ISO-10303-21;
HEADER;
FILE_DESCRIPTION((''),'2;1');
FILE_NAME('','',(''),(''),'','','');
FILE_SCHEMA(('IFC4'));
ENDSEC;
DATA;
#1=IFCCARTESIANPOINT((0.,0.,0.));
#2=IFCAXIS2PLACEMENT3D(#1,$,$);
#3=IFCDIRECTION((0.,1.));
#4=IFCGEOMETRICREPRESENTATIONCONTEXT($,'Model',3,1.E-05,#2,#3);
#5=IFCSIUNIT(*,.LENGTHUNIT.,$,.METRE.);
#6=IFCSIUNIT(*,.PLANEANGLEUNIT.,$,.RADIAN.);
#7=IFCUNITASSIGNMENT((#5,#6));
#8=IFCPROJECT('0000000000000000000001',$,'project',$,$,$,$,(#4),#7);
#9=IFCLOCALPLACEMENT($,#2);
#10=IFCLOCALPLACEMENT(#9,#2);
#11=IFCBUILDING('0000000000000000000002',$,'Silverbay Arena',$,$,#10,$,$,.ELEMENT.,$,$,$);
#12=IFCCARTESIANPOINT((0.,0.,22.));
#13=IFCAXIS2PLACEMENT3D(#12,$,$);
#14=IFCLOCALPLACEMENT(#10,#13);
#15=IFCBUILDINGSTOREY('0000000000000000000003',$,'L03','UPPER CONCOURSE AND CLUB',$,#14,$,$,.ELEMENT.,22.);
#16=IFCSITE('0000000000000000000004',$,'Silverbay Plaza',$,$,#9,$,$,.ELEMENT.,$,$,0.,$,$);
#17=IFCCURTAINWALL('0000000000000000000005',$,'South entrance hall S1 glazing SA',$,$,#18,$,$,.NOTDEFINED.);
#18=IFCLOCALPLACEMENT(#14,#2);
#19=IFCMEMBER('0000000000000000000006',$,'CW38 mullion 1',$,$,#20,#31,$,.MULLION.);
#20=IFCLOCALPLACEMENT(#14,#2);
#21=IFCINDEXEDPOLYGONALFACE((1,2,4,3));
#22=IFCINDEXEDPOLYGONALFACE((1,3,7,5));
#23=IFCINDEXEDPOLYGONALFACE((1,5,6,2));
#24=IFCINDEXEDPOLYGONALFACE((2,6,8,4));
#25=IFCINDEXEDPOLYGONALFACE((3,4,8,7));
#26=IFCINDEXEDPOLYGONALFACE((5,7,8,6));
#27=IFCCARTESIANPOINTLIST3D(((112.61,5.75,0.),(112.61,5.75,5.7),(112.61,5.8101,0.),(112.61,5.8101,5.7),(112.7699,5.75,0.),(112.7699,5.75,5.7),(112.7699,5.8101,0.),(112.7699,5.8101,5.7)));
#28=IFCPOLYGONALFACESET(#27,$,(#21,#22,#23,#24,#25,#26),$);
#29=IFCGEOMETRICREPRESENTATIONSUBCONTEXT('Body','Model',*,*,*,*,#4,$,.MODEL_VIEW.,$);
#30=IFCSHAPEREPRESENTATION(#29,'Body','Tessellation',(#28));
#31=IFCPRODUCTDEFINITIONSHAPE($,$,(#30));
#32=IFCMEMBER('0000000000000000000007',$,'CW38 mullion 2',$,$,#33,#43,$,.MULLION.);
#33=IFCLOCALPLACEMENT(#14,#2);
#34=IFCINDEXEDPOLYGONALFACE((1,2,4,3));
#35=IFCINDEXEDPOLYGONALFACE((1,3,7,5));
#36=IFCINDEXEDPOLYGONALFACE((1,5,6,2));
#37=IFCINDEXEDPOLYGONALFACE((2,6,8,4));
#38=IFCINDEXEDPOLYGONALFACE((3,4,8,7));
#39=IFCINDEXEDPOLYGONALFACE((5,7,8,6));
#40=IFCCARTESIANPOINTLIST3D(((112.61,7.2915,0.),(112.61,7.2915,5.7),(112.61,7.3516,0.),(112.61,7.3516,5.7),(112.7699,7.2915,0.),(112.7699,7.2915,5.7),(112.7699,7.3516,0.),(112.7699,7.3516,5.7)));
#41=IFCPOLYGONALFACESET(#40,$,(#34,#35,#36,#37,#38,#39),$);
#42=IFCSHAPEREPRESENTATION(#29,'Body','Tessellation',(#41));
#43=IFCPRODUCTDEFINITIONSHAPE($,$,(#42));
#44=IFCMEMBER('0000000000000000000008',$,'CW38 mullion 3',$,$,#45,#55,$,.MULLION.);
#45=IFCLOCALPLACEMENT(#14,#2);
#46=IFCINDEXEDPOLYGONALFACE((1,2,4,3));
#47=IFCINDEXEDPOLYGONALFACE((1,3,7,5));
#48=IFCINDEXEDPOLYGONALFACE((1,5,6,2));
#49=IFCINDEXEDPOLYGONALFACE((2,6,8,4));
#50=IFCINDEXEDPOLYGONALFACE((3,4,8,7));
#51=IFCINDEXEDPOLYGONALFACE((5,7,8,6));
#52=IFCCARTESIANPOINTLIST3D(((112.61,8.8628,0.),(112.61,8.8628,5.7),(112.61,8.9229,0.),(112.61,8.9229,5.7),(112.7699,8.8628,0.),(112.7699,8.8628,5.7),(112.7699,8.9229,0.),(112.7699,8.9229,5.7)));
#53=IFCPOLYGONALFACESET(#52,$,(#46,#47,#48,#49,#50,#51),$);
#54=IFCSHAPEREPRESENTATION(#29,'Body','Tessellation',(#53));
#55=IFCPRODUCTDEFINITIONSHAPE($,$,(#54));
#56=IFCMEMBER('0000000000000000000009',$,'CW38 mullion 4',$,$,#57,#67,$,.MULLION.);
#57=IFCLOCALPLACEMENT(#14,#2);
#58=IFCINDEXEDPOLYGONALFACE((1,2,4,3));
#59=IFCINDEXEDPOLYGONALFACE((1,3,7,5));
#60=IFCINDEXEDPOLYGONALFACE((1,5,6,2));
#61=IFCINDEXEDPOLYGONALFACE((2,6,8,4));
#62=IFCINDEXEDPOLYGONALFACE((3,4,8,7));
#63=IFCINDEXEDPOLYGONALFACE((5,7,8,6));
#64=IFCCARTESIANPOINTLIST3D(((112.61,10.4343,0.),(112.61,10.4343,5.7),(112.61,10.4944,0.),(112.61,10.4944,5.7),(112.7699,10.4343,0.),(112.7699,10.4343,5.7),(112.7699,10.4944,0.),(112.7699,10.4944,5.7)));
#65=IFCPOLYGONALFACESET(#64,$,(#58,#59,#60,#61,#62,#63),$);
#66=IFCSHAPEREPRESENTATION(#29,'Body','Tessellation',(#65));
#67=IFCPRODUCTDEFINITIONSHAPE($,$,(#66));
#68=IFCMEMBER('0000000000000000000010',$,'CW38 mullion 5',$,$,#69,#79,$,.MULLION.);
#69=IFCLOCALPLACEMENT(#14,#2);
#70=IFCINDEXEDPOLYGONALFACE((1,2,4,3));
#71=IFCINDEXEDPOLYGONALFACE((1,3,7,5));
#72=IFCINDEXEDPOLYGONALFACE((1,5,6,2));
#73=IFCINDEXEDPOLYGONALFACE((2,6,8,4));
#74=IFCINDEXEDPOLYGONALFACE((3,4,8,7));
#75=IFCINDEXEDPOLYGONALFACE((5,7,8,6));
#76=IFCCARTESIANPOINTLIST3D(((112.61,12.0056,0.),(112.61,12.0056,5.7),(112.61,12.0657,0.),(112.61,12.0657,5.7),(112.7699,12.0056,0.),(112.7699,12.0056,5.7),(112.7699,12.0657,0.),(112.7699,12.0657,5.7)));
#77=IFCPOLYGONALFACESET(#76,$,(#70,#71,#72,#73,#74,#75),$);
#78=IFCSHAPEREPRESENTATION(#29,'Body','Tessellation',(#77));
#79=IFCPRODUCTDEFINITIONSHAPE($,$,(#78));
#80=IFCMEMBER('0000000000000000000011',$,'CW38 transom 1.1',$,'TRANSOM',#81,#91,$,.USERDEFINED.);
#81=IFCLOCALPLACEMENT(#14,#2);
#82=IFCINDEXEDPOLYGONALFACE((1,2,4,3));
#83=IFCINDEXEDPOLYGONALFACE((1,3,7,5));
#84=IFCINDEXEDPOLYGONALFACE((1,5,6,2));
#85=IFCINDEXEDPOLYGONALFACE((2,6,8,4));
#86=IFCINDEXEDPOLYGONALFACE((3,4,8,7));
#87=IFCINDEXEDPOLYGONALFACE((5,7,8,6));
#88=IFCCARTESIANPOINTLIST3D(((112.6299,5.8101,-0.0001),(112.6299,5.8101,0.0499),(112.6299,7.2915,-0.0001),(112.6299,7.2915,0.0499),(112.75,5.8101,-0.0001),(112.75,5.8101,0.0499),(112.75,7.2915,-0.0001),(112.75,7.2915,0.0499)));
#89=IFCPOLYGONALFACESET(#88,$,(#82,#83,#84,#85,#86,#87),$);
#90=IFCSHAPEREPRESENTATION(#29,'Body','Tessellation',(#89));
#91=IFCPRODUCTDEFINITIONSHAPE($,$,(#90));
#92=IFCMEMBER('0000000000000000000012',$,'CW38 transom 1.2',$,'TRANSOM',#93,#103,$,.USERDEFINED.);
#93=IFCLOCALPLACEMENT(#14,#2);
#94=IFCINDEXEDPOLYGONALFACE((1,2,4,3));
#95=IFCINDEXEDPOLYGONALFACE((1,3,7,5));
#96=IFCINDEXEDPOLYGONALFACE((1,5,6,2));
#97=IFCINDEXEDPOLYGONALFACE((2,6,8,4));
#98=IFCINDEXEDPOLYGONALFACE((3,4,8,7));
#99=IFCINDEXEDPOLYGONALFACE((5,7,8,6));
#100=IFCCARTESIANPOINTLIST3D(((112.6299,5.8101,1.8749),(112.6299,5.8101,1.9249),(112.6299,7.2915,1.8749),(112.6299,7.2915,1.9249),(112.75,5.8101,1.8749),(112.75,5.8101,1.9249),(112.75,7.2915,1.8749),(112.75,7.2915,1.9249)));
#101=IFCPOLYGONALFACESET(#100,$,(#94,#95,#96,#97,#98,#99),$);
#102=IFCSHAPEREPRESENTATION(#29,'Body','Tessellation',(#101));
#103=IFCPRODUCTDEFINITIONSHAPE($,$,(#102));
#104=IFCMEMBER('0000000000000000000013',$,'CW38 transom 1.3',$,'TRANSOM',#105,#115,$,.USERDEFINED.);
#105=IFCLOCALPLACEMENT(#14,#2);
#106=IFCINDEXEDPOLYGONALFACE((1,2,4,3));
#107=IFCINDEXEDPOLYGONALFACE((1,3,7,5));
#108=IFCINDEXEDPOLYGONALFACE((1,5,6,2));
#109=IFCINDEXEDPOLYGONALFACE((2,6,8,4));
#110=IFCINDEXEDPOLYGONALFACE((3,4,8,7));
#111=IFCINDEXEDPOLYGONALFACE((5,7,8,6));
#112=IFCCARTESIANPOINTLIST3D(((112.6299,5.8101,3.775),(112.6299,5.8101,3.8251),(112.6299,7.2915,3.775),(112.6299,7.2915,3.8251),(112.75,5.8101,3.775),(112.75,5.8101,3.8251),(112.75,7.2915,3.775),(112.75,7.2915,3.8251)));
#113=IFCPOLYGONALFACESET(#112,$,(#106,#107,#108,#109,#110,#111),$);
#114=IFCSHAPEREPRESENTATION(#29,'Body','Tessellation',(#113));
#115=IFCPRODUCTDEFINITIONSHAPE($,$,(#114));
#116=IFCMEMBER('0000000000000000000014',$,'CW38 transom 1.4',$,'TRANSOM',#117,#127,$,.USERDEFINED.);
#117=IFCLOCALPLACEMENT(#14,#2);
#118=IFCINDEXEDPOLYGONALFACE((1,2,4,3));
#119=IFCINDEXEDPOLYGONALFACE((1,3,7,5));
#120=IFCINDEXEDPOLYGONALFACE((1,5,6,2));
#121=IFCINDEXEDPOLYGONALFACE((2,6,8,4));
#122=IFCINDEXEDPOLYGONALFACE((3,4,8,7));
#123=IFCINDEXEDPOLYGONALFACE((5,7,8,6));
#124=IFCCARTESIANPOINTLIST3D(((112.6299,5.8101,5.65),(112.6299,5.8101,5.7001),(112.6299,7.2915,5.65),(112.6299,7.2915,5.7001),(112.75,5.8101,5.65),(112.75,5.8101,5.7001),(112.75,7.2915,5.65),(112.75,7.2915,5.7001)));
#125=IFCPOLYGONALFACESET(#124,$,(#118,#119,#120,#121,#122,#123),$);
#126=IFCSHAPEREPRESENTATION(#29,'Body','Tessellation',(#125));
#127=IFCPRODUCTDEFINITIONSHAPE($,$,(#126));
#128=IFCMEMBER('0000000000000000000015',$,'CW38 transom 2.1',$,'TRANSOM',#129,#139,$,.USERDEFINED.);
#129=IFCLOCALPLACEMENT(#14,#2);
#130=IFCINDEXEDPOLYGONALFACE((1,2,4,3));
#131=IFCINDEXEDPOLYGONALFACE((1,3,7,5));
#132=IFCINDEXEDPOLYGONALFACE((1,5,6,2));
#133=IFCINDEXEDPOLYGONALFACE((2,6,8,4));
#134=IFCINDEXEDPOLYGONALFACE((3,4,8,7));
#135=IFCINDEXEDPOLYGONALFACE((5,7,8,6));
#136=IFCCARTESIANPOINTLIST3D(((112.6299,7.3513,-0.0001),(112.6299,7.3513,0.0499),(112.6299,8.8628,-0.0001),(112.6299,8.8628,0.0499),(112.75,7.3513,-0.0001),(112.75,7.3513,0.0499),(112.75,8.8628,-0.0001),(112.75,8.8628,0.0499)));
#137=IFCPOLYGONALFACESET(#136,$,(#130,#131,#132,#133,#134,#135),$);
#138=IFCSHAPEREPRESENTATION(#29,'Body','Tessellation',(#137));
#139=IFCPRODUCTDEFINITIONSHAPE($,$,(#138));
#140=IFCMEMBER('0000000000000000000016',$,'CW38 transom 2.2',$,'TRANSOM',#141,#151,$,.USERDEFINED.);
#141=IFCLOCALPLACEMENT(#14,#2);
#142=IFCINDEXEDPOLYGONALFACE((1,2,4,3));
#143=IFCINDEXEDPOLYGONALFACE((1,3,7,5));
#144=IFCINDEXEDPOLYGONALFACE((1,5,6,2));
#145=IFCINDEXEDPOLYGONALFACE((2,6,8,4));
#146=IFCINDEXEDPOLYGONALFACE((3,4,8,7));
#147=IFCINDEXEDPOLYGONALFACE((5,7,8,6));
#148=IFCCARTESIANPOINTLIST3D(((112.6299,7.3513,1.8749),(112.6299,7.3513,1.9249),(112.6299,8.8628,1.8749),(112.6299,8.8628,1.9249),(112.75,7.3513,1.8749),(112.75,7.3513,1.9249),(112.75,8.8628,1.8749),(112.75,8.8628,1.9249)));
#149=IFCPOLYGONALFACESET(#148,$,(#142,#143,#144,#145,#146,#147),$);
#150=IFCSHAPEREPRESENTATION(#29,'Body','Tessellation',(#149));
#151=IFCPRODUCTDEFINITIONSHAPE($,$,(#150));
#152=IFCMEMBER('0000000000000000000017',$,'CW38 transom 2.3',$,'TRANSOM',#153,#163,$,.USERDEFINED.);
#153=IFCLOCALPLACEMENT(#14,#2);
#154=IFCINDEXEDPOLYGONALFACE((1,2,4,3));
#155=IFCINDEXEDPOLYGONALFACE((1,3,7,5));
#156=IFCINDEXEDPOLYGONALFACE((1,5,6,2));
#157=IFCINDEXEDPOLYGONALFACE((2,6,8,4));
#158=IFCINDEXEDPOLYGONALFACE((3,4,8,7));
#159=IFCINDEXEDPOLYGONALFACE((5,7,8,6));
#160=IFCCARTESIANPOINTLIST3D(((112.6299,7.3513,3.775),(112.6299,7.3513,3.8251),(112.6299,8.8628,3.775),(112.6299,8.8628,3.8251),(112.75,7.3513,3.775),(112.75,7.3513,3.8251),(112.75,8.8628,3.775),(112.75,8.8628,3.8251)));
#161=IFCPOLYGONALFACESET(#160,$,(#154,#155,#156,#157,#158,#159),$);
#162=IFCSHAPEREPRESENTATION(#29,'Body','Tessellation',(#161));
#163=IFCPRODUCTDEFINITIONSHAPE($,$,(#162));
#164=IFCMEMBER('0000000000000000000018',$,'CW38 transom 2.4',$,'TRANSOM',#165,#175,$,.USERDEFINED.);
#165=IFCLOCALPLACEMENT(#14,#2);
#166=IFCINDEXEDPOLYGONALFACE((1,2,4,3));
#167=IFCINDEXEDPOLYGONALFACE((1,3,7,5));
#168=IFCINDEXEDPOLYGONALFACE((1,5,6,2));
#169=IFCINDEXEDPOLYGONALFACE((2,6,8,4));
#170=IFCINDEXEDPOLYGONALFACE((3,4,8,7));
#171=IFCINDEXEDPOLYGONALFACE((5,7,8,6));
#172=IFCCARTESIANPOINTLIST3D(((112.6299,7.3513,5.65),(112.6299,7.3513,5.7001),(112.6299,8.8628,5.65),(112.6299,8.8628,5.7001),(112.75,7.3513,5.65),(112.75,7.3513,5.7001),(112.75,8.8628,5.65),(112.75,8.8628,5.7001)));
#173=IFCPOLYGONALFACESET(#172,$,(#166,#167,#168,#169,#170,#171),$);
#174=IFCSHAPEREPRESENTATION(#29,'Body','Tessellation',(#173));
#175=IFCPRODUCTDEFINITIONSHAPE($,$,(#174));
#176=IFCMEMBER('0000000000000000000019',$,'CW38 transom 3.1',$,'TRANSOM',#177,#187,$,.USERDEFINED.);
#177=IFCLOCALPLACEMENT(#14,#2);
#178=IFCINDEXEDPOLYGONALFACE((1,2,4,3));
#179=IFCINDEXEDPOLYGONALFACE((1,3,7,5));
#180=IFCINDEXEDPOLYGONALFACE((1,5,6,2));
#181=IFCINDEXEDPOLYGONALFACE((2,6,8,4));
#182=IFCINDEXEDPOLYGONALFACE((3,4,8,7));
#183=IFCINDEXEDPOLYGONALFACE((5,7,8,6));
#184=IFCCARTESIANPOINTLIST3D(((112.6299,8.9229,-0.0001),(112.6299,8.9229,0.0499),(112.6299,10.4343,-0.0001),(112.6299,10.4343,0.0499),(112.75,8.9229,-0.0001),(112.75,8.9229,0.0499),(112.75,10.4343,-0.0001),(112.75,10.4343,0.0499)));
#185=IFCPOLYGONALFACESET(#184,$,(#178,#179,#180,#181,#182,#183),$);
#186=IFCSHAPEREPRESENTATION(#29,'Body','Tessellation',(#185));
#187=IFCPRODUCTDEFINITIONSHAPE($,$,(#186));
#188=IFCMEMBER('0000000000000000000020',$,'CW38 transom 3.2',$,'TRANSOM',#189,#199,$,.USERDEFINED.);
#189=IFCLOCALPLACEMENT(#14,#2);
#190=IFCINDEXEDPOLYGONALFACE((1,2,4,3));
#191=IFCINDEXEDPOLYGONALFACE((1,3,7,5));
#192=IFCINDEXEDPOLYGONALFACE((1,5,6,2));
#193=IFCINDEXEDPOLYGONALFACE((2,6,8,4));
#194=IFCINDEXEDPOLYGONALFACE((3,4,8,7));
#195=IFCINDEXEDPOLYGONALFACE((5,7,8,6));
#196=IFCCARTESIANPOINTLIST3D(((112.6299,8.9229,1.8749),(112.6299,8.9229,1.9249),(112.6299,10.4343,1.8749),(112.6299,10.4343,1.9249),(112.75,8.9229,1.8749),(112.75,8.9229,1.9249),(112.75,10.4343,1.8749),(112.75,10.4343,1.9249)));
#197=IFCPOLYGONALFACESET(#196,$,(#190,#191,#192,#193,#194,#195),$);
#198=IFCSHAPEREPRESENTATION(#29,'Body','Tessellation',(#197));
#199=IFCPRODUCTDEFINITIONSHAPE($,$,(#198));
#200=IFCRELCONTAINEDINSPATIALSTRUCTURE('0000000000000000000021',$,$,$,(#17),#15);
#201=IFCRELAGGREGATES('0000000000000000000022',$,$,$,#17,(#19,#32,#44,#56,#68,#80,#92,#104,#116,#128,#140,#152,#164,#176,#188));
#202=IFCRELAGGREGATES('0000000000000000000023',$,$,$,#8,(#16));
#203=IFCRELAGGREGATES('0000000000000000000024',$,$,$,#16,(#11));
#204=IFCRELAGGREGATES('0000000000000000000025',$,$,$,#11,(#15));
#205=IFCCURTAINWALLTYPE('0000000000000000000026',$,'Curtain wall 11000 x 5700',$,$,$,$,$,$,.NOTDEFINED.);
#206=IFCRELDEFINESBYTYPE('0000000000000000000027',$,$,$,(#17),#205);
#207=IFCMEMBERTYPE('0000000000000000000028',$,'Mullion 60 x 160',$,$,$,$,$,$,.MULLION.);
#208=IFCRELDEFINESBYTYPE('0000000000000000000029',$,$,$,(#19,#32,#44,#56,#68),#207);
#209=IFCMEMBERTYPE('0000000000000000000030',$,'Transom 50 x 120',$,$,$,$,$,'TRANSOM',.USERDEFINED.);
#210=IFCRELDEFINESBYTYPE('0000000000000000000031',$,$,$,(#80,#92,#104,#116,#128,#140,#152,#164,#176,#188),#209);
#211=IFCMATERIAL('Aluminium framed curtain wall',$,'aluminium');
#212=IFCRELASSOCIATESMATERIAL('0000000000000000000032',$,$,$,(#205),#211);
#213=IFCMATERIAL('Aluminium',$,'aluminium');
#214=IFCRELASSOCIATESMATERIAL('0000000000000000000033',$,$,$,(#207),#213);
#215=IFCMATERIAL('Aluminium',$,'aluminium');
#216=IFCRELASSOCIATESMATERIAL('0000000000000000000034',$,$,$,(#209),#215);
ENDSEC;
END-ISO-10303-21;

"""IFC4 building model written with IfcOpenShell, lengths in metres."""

from ifc_helpers import new_model, si_unit, direction, frame, origin, origin_2d, place, context, subcontext, project, spatial, rectangle, extrude, material, material_profile, profile_set, type_object, element, aggregate, save


model = new_model("IFC4")

# Units and contexts
model_context = context("Model", 3, precision=1e-05, world=origin(), true_north=direction((0.0, 1.0)))
body_context = subcontext(model_context, "Body", "Model", "MODEL_VIEW")
ifc_project = project(units=[si_unit("LENGTHUNIT", "METRE"), si_unit("PLANEANGLEUNIT", "RADIAN")], contexts=[model_context])

# Site, building, storey
site_placement = place(None, origin())
site = spatial("IfcSite", under=ifc_project, at=site_placement, Name="Silverbay Plaza", CompositionType="ELEMENT", RefElevation=0.0)
building_placement = place(site_placement, origin())
building = spatial("IfcBuilding", under=site, at=building_placement, Name="Silverbay Arena", CompositionType="ELEMENT")
storey_placement = place(building_placement, frame((0.0, 0.0, 22.0)))
storey = spatial("IfcBuildingStorey", under=building, at=storey_placement, Name="L03", Description="UPPER CONCOURSE AND CLUB", CompositionType="ELEMENT", Elevation=22.0)

# Curtain wall, members
ifc_material_1 = material(Name="Aluminium framed curtain wall", Category="aluminium")
curtain_wall_type = type_object("IfcCurtainWallType", Name="Curtain wall 11000 x 5700", PredefinedType="NOTDEFINED", material=ifc_material_1)
curtain_wall_placement = place(storey_placement, origin())
curtain_wall = element("IfcCurtainWall", 1, at=curtain_wall_placement, inside=storey, type_object=curtain_wall_type, Name="South entrance hall S1 glazing SA", PredefinedType="NOTDEFINED")
ifc_material_2 = material(Name="Aluminium", Category="aluminium")
ifc_material_profile_1 = material_profile(ifc_material_2, rectangle(XDim=0.1599, YDim=0.0601, at=origin_2d()), Name="Mullion 60 x 160")
ifc_profile_set_1 = profile_set([ifc_material_profile_1], Name="Aluminium")
member_type_1 = type_object("IfcMemberType", Name="Mullion 60 x 160", PredefinedType="MULLION", material=ifc_profile_set_1)
member_1_placement = place(storey_placement, frame((112.6899, 5.78, 0.0), z_axis=(0.0, 0.0, 1.0), x_axis=(-1.0, 0.0, 0.0)))
member_1 = element("IfcMember", 2, at=member_1_placement, type_object=member_type_1, Name="CW38 mullion 1", PredefinedType="MULLION", context=body_context, shape_type="SweptSolid", body=[
    extrude(rectangle(XDim=0.1599, YDim=0.0601, at=origin_2d()), origin(), (0.0, 0.0, 1.0), 5.7),
])
member_2_placement = place(storey_placement, frame((112.6899, 7.3215, 0.0), z_axis=(0.0, 0.0, 1.0), x_axis=(-1.0, 0.0, 0.0)))
member_2 = element("IfcMember", 3, at=member_2_placement, type_object=member_type_1, Name="CW38 mullion 2", PredefinedType="MULLION", context=body_context, shape_type="SweptSolid", body=[
    extrude(rectangle(XDim=0.1599, YDim=0.0601, at=origin_2d()), origin(), (0.0, 0.0, 1.0), 5.7),
])
member_3_placement = place(storey_placement, frame((112.6899, 8.8928, 0.0), z_axis=(0.0, 0.0, 1.0), x_axis=(-1.0, 0.0, 0.0)))
member_3 = element("IfcMember", 4, at=member_3_placement, type_object=member_type_1, Name="CW38 mullion 3", PredefinedType="MULLION", context=body_context, shape_type="SweptSolid", body=[
    extrude(rectangle(XDim=0.1599, YDim=0.0601, at=origin_2d()), origin(), (0.0, 0.0, 1.0), 5.7),
])
member_4_placement = place(storey_placement, frame((112.6899, 10.4644, 0.0), z_axis=(0.0, 0.0, 1.0), x_axis=(-1.0, 0.0, 0.0)))
member_4 = element("IfcMember", 5, at=member_4_placement, type_object=member_type_1, Name="CW38 mullion 4", PredefinedType="MULLION", context=body_context, shape_type="SweptSolid", body=[
    extrude(rectangle(XDim=0.1599, YDim=0.0601, at=origin_2d()), origin(), (0.0, 0.0, 1.0), 5.7),
])
member_5_placement = place(storey_placement, frame((112.6899, 12.0356, 0.0), z_axis=(0.0, 0.0, 1.0), x_axis=(-1.0, 0.0, 0.0)))
member_5 = element("IfcMember", 6, at=member_5_placement, type_object=member_type_1, Name="CW38 mullion 5", PredefinedType="MULLION", context=body_context, shape_type="SweptSolid", body=[
    extrude(rectangle(XDim=0.1599, YDim=0.0601, at=origin_2d()), origin(), (0.0, 0.0, 1.0), 5.7),
])
ifc_material_3 = material(Name="Aluminium", Category="aluminium")
ifc_material_profile_2 = material_profile(ifc_material_3, rectangle(XDim=0.1201, YDim=0.05, at=origin_2d()), Name="Transom 50 x 120")
ifc_profile_set_2 = profile_set([ifc_material_profile_2], Name="Aluminium")
member_type_2 = type_object("IfcMemberType", Name="Transom 50 x 120", ElementType="TRANSOM", PredefinedType="USERDEFINED", material=ifc_profile_set_2)
member_6_placement = place(storey_placement, frame((112.6899, 5.8101, 0.0249), z_axis=(0.0, 1.0, 0.0), x_axis=(-1.0, 0.0, 0.0)))
member_6 = element("IfcMember", 7, at=member_6_placement, type_object=member_type_2, Name="CW38 transom 1.1", ObjectType="TRANSOM", PredefinedType="USERDEFINED", context=body_context, shape_type="SweptSolid", body=[
    extrude(rectangle(XDim=0.1201, YDim=0.05, at=origin_2d()), origin(), (0.0, 0.0, 1.0), 1.4814),
])
member_7_placement = place(storey_placement, frame((112.6899, 5.8101, 1.8999), z_axis=(0.0, 1.0, 0.0), x_axis=(-1.0, 0.0, 0.0)))
member_7 = element("IfcMember", 8, at=member_7_placement, type_object=member_type_2, Name="CW38 transom 1.2", ObjectType="TRANSOM", PredefinedType="USERDEFINED", context=body_context, shape_type="SweptSolid", body=[
    extrude(rectangle(XDim=0.1201, YDim=0.05, at=origin_2d()), origin(), (0.0, 0.0, 1.0), 1.4814),
])
member_8_placement = place(storey_placement, frame((112.6899, 5.8101, 3.8), z_axis=(0.0, 1.0, 0.0), x_axis=(-1.0, 0.0, 0.0)))
member_8 = element("IfcMember", 9, at=member_8_placement, type_object=member_type_2, Name="CW38 transom 1.3", ObjectType="TRANSOM", PredefinedType="USERDEFINED", context=body_context, shape_type="SweptSolid", body=[
    extrude(rectangle(XDim=0.1201, YDim=0.05, at=origin_2d()), origin(), (0.0, 0.0, 1.0), 1.4814),
])
member_9_placement = place(storey_placement, frame((112.6899, 5.8101, 5.675), z_axis=(0.0, 1.0, 0.0), x_axis=(-1.0, 0.0, 0.0)))
member_9 = element("IfcMember", 10, at=member_9_placement, type_object=member_type_2, Name="CW38 transom 1.4", ObjectType="TRANSOM", PredefinedType="USERDEFINED", context=body_context, shape_type="SweptSolid", body=[
    extrude(rectangle(XDim=0.1201, YDim=0.05, at=origin_2d()), origin(), (0.0, 0.0, 1.0), 1.4814),
])
member_10_placement = place(storey_placement, frame((112.6899, 7.3513, 0.0249), z_axis=(0.0, 1.0, 0.0), x_axis=(-1.0, 0.0, 0.0)))
member_10 = element("IfcMember", 11, at=member_10_placement, type_object=member_type_2, Name="CW38 transom 2.1", ObjectType="TRANSOM", PredefinedType="USERDEFINED", context=body_context, shape_type="SweptSolid", body=[
    extrude(rectangle(XDim=0.1201, YDim=0.05, at=origin_2d()), origin(), (0.0, 0.0, 1.0), 1.5115),
])
member_11_placement = place(storey_placement, frame((112.6899, 7.3513, 1.8999), z_axis=(0.0, 1.0, 0.0), x_axis=(-1.0, 0.0, 0.0)))
member_11 = element("IfcMember", 12, at=member_11_placement, type_object=member_type_2, Name="CW38 transom 2.2", ObjectType="TRANSOM", PredefinedType="USERDEFINED", context=body_context, shape_type="SweptSolid", body=[
    extrude(rectangle(XDim=0.1201, YDim=0.05, at=origin_2d()), origin(), (0.0, 0.0, 1.0), 1.5115),
])
member_12_placement = place(storey_placement, frame((112.6899, 7.3513, 3.8), z_axis=(0.0, 1.0, 0.0), x_axis=(-1.0, 0.0, 0.0)))
member_12 = element("IfcMember", 13, at=member_12_placement, type_object=member_type_2, Name="CW38 transom 2.3", ObjectType="TRANSOM", PredefinedType="USERDEFINED", context=body_context, shape_type="SweptSolid", body=[
    extrude(rectangle(XDim=0.1201, YDim=0.05, at=origin_2d()), origin(), (0.0, 0.0, 1.0), 1.5115),
])
member_13_placement = place(storey_placement, frame((112.6899, 7.3513, 5.675), z_axis=(0.0, 1.0, 0.0), x_axis=(-1.0, 0.0, 0.0)))
member_13 = element("IfcMember", 14, at=member_13_placement, type_object=member_type_2, Name="CW38 transom 2.4", ObjectType="TRANSOM", PredefinedType="USERDEFINED", context=body_context, shape_type="SweptSolid", body=[
    extrude(rectangle(XDim=0.1201, YDim=0.05, at=origin_2d()), origin(), (0.0, 0.0, 1.0), 1.5115),
])
member_14_placement = place(storey_placement, frame((112.6899, 8.9229, 0.0249), z_axis=(0.0, 1.0, 0.0), x_axis=(-1.0, 0.0, 0.0)))
member_14 = element("IfcMember", 15, at=member_14_placement, type_object=member_type_2, Name="CW38 transom 3.1", ObjectType="TRANSOM", PredefinedType="USERDEFINED", context=body_context, shape_type="SweptSolid", body=[
    extrude(rectangle(XDim=0.1201, YDim=0.05, at=origin_2d()), origin(), (0.0, 0.0, 1.0), 1.5115),
])
member_15_placement = place(storey_placement, frame((112.6899, 8.9229, 1.8999), z_axis=(0.0, 1.0, 0.0), x_axis=(-1.0, 0.0, 0.0)))
member_15 = element("IfcMember", 16, at=member_15_placement, type_object=member_type_2, Name="CW38 transom 3.2", ObjectType="TRANSOM", PredefinedType="USERDEFINED", context=body_context, shape_type="SweptSolid", body=[
    extrude(rectangle(XDim=0.1201, YDim=0.05, at=origin_2d()), origin(), (0.0, 0.0, 1.0), 1.5115),
])
aggregate(curtain_wall, [member_1, member_2, member_3, member_4, member_5, member_6, member_7, member_8, member_9, member_10, member_11, member_12, member_13, member_14, member_15])

save(model, "model.ifc")
